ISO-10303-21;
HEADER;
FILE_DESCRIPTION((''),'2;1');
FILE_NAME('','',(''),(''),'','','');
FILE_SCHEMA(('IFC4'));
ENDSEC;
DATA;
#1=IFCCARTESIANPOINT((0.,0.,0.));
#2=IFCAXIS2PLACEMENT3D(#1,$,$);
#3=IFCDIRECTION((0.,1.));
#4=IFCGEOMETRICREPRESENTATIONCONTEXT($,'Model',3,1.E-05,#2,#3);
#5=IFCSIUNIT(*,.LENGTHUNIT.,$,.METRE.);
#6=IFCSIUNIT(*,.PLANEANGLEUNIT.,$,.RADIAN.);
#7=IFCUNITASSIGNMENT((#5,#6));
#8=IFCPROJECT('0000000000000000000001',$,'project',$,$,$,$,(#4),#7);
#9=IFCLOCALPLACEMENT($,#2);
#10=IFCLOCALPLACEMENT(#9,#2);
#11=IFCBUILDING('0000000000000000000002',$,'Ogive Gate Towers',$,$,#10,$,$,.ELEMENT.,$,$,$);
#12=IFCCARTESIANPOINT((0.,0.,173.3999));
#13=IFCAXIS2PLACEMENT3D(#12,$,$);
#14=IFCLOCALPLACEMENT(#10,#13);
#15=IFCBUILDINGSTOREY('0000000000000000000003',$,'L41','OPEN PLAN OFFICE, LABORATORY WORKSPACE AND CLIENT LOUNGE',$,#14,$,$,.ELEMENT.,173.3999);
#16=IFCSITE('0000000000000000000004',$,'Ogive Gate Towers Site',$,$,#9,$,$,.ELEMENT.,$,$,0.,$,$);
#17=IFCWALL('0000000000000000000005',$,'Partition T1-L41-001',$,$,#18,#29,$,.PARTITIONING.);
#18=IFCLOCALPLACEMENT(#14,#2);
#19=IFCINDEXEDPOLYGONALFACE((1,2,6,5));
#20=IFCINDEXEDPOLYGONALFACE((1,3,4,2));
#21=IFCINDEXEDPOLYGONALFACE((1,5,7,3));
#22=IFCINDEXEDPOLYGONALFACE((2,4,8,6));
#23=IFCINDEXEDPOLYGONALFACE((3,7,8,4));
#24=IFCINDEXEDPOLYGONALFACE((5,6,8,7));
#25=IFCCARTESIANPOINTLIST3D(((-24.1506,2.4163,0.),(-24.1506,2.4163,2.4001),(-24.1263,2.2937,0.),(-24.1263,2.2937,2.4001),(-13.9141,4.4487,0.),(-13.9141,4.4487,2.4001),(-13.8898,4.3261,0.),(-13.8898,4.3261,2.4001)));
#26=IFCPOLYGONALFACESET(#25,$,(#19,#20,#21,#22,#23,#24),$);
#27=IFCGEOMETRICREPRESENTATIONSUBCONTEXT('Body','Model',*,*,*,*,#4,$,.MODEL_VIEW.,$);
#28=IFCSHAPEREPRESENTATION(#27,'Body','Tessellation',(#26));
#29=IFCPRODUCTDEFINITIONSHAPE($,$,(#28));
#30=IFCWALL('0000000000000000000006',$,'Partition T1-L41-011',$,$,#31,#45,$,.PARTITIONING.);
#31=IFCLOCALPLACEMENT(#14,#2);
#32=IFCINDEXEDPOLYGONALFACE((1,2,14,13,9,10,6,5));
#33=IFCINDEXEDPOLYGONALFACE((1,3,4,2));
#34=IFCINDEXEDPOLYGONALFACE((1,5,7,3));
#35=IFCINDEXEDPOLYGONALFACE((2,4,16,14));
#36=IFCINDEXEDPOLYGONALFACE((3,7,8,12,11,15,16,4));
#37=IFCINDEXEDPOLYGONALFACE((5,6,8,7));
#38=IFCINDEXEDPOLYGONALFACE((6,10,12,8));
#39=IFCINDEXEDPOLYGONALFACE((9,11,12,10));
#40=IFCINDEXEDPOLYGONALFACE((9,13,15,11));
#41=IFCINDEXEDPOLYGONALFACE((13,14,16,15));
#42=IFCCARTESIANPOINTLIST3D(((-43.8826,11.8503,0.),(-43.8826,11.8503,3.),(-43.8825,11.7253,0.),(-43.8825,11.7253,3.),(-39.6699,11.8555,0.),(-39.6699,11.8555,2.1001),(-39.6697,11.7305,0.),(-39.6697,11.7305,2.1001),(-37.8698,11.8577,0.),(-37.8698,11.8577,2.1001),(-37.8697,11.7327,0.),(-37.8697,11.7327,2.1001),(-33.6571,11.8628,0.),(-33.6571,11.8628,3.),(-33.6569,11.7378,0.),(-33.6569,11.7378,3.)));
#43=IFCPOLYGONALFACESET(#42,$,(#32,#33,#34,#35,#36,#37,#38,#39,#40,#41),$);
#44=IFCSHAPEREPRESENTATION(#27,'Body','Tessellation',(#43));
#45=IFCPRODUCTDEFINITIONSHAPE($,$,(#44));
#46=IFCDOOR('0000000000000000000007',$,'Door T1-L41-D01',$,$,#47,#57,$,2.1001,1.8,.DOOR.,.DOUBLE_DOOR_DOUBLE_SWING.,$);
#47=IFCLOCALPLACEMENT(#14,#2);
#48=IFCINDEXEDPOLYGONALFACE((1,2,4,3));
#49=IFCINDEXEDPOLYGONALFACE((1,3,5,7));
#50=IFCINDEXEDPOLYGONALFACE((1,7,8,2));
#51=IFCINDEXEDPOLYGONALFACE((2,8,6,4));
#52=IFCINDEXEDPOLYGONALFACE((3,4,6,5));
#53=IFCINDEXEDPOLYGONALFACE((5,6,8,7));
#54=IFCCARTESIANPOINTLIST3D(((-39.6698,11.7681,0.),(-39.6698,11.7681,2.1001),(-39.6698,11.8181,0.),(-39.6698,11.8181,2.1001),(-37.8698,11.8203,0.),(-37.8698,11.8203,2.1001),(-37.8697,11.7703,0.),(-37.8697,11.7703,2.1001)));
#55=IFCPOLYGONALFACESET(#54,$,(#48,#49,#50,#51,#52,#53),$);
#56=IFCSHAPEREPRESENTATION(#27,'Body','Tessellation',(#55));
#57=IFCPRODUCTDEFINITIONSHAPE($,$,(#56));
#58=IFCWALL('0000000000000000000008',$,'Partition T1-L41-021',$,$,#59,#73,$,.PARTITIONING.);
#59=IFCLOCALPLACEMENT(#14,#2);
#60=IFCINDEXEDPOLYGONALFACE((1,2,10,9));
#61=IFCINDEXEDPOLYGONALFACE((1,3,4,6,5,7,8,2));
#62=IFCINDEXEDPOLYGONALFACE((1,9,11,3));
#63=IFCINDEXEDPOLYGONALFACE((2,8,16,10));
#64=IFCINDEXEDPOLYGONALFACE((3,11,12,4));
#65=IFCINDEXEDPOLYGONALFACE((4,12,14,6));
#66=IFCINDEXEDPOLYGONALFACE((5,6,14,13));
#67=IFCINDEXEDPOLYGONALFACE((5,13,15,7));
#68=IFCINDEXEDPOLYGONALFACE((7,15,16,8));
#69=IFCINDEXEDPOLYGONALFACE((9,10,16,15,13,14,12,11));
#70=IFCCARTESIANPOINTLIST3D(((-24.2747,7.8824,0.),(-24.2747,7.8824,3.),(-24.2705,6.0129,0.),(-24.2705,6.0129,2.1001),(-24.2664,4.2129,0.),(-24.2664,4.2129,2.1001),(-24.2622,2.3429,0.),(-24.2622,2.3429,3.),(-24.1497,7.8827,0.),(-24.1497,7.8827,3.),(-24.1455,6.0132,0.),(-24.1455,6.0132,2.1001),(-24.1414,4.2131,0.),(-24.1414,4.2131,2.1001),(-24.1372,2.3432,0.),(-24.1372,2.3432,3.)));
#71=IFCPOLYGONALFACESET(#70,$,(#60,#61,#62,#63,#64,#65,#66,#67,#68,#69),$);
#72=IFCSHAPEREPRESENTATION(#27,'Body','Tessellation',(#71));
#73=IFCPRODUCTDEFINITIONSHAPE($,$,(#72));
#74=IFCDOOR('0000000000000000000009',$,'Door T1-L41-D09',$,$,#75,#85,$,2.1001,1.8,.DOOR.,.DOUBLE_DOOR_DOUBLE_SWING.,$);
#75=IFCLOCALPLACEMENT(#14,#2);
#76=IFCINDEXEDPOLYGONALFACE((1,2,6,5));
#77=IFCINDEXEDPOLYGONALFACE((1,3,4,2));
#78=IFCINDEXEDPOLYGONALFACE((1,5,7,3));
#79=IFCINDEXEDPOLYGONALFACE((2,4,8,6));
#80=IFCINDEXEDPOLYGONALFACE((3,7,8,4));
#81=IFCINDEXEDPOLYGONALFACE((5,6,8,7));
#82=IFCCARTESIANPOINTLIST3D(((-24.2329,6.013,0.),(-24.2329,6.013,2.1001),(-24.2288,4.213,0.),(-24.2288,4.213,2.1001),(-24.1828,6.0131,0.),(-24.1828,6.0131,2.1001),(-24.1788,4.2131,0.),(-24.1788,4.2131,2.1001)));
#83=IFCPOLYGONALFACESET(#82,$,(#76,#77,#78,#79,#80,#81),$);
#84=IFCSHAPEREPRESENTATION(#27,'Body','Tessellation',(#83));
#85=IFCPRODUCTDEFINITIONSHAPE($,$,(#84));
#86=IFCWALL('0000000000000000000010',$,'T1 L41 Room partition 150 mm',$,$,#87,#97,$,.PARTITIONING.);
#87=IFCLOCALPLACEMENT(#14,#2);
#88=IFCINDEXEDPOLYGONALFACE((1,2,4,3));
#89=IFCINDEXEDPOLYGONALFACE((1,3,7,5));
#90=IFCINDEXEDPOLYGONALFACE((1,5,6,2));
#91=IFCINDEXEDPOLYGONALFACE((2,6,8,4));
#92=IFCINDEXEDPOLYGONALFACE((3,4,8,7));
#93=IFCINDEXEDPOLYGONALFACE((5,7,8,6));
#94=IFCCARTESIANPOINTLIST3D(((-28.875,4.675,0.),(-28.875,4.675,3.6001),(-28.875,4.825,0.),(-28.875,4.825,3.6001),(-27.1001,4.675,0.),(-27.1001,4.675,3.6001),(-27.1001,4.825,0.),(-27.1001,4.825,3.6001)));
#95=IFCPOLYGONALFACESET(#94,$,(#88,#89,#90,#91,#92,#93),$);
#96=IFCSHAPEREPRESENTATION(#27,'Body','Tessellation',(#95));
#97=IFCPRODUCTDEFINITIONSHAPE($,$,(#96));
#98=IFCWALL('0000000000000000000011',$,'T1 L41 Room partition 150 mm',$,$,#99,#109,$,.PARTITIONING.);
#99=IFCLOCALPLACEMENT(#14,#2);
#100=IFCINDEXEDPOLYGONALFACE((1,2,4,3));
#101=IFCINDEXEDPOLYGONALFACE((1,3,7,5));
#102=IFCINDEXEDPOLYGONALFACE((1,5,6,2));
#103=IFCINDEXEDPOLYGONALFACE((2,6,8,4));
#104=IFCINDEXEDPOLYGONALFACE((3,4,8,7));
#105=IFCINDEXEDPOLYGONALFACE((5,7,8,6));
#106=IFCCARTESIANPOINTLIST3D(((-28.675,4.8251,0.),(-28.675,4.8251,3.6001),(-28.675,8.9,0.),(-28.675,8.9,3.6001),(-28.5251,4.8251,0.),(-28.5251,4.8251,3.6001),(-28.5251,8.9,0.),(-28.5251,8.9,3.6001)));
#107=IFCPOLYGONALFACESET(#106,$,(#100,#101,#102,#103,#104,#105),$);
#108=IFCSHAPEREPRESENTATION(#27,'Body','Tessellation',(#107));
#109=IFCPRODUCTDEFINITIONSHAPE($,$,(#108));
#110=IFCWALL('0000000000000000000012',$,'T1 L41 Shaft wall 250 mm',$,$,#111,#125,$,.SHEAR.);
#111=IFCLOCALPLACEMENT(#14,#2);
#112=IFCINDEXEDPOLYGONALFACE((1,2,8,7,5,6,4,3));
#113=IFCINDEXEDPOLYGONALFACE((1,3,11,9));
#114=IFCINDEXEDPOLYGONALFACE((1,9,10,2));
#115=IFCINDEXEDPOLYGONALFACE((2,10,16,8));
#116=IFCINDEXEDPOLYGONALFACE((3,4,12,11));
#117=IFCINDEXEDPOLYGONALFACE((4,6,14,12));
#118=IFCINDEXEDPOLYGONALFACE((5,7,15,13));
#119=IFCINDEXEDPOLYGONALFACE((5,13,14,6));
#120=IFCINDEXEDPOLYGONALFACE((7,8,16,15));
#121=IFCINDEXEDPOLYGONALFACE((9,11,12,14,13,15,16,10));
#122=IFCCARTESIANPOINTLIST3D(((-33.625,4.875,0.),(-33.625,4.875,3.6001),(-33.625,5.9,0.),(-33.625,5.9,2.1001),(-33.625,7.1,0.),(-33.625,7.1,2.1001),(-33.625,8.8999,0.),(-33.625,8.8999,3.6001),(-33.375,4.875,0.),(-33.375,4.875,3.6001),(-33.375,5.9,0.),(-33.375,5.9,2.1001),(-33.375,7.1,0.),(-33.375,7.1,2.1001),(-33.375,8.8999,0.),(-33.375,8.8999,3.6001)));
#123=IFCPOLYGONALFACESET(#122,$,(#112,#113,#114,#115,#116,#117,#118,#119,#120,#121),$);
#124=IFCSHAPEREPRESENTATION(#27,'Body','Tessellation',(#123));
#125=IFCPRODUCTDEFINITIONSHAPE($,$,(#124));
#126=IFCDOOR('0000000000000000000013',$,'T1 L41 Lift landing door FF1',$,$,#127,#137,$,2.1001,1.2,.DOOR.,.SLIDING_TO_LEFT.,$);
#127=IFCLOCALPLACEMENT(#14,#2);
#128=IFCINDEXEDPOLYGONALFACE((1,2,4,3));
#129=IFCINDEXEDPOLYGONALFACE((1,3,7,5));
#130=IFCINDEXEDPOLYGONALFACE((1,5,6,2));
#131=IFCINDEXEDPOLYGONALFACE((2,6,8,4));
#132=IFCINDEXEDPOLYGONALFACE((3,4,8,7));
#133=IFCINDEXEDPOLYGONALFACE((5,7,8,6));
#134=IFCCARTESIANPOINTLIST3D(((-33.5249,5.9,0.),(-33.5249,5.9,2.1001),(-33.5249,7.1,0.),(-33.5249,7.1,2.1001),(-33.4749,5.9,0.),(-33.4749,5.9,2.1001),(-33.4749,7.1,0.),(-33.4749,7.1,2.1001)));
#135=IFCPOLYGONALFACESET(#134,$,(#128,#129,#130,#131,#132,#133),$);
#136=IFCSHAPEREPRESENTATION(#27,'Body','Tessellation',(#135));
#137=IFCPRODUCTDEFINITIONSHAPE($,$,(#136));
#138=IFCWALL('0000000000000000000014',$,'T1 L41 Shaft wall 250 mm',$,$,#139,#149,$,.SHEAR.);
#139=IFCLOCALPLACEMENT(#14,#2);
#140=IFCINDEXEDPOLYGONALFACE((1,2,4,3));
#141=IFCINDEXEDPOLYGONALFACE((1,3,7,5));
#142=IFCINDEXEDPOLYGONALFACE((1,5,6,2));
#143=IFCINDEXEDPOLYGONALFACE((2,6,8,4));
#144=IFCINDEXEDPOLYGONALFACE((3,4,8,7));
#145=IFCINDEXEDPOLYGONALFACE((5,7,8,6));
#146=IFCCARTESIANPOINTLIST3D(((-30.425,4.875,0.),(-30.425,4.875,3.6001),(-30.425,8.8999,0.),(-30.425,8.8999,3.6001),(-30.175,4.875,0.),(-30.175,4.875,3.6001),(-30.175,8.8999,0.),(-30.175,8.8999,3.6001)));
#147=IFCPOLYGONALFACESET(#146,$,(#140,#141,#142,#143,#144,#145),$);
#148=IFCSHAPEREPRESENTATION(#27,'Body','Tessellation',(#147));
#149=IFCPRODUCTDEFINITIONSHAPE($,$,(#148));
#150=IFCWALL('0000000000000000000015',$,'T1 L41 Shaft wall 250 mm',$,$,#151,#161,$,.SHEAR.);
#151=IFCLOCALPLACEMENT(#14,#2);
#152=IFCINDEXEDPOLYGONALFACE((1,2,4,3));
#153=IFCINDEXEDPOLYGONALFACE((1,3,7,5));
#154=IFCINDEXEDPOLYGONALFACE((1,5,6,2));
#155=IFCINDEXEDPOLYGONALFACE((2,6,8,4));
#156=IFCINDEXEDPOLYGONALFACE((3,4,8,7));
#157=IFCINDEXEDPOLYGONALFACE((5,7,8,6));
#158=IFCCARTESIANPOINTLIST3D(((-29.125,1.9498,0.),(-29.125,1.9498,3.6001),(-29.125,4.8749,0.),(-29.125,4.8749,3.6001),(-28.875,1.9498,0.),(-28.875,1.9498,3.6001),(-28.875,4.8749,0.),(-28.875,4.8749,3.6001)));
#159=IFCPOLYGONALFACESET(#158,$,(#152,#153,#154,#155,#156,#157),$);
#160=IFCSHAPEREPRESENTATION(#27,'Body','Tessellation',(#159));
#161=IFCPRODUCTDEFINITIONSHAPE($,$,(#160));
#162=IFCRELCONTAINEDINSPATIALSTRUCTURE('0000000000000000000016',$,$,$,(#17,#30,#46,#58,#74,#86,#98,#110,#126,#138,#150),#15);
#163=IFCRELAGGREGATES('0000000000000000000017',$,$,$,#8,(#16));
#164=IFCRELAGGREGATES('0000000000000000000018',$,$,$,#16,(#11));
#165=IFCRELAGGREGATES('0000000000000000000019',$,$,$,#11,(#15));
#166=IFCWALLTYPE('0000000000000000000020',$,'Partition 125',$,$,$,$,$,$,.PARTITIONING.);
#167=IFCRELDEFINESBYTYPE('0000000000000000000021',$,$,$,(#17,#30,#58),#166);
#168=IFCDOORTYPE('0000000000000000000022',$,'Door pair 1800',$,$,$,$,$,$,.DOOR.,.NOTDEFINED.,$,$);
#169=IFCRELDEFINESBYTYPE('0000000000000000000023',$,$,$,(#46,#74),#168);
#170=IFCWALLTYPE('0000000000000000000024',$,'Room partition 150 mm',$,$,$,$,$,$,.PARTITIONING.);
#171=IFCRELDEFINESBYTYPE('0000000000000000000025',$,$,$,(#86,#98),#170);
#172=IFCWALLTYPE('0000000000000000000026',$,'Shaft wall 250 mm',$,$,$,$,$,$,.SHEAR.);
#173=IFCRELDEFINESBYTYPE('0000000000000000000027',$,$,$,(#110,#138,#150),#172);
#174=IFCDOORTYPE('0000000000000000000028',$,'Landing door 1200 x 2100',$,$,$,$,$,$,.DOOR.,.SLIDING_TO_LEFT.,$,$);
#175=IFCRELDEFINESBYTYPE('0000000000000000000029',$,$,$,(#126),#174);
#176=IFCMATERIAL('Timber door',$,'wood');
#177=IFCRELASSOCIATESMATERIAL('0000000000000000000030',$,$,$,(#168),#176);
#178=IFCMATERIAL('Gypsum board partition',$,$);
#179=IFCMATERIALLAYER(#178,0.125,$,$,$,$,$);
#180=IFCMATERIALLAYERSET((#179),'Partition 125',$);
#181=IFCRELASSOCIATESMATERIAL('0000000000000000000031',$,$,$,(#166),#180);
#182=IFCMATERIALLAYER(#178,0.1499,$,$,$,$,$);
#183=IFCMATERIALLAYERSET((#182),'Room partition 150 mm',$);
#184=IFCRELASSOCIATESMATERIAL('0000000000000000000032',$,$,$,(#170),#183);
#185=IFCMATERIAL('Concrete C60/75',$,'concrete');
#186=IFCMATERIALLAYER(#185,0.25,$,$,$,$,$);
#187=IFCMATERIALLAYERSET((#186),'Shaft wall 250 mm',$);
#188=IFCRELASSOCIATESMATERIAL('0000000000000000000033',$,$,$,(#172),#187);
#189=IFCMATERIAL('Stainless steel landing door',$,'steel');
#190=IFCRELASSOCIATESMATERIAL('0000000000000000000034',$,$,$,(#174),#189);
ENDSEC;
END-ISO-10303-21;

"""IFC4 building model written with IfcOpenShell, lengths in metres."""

from ifc_helpers import new_model, si_unit, direction, frame, frame_2d, origin, place, context, subcontext, project, spatial, rectangle, extrude, material, layer, layer_set, type_object, element, fill, save


model = new_model("IFC4")

# Units and contexts
model_context = context("Model", 3, precision=1e-05, world=origin(), true_north=direction((0.0, 1.0)))
body_context = subcontext(model_context, "Body", "Model", "MODEL_VIEW")
ifc_project = project(units=[si_unit("LENGTHUNIT", "METRE"), si_unit("PLANEANGLEUNIT", "RADIAN")], contexts=[model_context])

# Site, building, storey
site_placement = place(None, origin())
site = spatial("IfcSite", under=ifc_project, at=site_placement, Name="Ogive Gate Towers Site", CompositionType="ELEMENT", RefElevation=0.0)
building_placement = place(site_placement, origin())
building = spatial("IfcBuilding", under=site, at=building_placement, Name="Ogive Gate Towers", CompositionType="ELEMENT")
storey_placement = place(building_placement, frame((0.0, 0.0, 173.3999)))
storey = spatial("IfcBuildingStorey", under=building, at=storey_placement, Name="L41", Description="OPEN PLAN OFFICE, LABORATORY WORKSPACE AND CLIENT LOUNGE", CompositionType="ELEMENT", Elevation=173.3999)

# Shared definitions
ifc_material_1 = material(Name="Timber door", Category="wood")
door_type_1 = type_object("IfcDoorType", Name="Door pair 1800", OperationType="NOTDEFINED", PredefinedType="DOOR", material=ifc_material_1)

# Wall
ifc_material_2 = material(Name="Gypsum board partition")
ifc_layer_1 = layer(ifc_material_2, 0.125)
ifc_layer_set_1 = layer_set([ifc_layer_1], Name="Partition 125")
wall_type_1 = type_object("IfcWallType", Name="Partition 125", PredefinedType="PARTITIONING", material=ifc_layer_set_1)
wall_1_placement = place(storey_placement, frame((-13.9019, 4.3875, 0.0), z_axis=(0.0, 0.0, 1.0), x_axis=(-0.980853, -0.194748, 0.0)))
element("IfcWall", 1, at=wall_1_placement, inside=storey, type_object=wall_type_1, Name="Partition T1-L41-001", PredefinedType="PARTITIONING", context=body_context, shape_type="SweptSolid", body=[
    extrude(rectangle(XDim=10.4363, YDim=0.125, at=frame_2d((5.2183, 0.0))), origin(), (0.0, 0.0, 1.0), 2.4001),
])

# Walls, openings, doors
wall_2_placement = place(storey_placement, frame((-33.657, 11.8003, 0.0), z_axis=(0.0, 0.0, 1.0), x_axis=(-0.999999, -0.001218, 0.0)))
wall_2 = element("IfcWall", 2, at=wall_2_placement, inside=storey, type_object=wall_type_1, Name="Partition T1-L41-011", PredefinedType="PARTITIONING", context=body_context, shape_type="SweptSolid", body=[
    extrude(rectangle(XDim=10.2256, YDim=0.125, at=frame_2d((5.1128, 0.0))), origin(), (0.0, 0.0, 1.0), 3.0),
])
opening_1_placement = place(wall_2_placement, frame((4.2129, 0.0, 0.0)))
opening_1 = element("IfcOpeningElement", 3, at=opening_1_placement, cuts=wall_2, PredefinedType="OPENING", context=body_context, shape_type="SweptSolid", body=[
    extrude(rectangle(XDim=1.8, YDim=2.1001, at=frame_2d((0.8999, 1.05))), frame((0.0, 0.0725, 0.0), z_axis=(0.0, -1.0, 0.0), x_axis=(1.0, 0.0, 0.0)), (0.0, 0.0, 1.0), 0.145),
])
door_1_placement = place(opening_1_placement, origin())
door_1 = element("IfcDoor", 4, at=door_1_placement, inside=storey, type_object=door_type_1, Name="Door T1-L41-D01", OperationType="DOUBLE_DOOR_DOUBLE_SWING", OverallHeight=2.1001, OverallWidth=1.8, PredefinedType="DOOR", context=body_context, shape_type="SweptSolid", body=[
    extrude(rectangle(XDim=1.8, YDim=2.1001, at=frame_2d((0.8999, 1.05))), frame((0.0, 0.0249, 0.0), z_axis=(0.0, -1.0, 0.0), x_axis=(1.0, 0.0, 0.0)), (0.0, 0.0, 1.0), 0.05),
])
fill(opening_1, door_1)
wall_3_placement = place(storey_placement, frame((-24.1997, 2.343, 0.0), z_axis=(0.0, 0.0, 1.0), x_axis=(-0.002248, 0.999997, 0.0)))
wall_3 = element("IfcWall", 5, at=wall_3_placement, inside=storey, type_object=wall_type_1, Name="Partition T1-L41-021", PredefinedType="PARTITIONING", context=body_context, shape_type="SweptSolid", body=[
    extrude(rectangle(XDim=5.5396, YDim=0.125, at=frame_2d((2.7698, 0.0))), origin(), (0.0, 0.0, 1.0), 3.0),
])
opening_2_placement = place(wall_3_placement, frame((1.8701, 0.0, 0.0)))
opening_2 = element("IfcOpeningElement", 6, at=opening_2_placement, cuts=wall_3, PredefinedType="OPENING", context=body_context, shape_type="SweptSolid", body=[
    extrude(rectangle(XDim=1.8, YDim=2.1001, at=frame_2d((0.8999, 1.05))), frame((0.0, 0.0725, 0.0), z_axis=(0.0, -1.0, 0.0), x_axis=(1.0, 0.0, 0.0)), (0.0, 0.0, 1.0), 0.145),
])
door_2_placement = place(opening_2_placement, origin())
door_2 = element("IfcDoor", 7, at=door_2_placement, inside=storey, type_object=door_type_1, Name="Door T1-L41-D09", OperationType="DOUBLE_DOOR_DOUBLE_SWING", OverallHeight=2.1001, OverallWidth=1.8, PredefinedType="DOOR", context=body_context, shape_type="SweptSolid", body=[
    extrude(rectangle(XDim=1.8, YDim=2.1001, at=frame_2d((0.8999, 1.05))), frame((0.0, 0.0249, 0.0), z_axis=(0.0, -1.0, 0.0), x_axis=(1.0, 0.0, 0.0)), (0.0, 0.0, 1.0), 0.05),
])
fill(opening_2, door_2)

# Walls
ifc_layer_2 = layer(ifc_material_2, 0.1499)
ifc_layer_set_2 = layer_set([ifc_layer_2], Name="Room partition 150 mm")
wall_type_2 = type_object("IfcWallType", Name="Room partition 150 mm", PredefinedType="PARTITIONING", material=ifc_layer_set_2)
wall_4_placement = place(storey_placement, frame((-28.875, 4.75, 0.0), z_axis=(0.0, 0.0, 1.0), x_axis=(1.0, 0.0, 0.0)))
element("IfcWall", 8, at=wall_4_placement, inside=storey, type_object=wall_type_2, Name="T1 L41 Room partition 150 mm", PredefinedType="PARTITIONING", context=body_context, shape_type="SweptSolid", body=[
    extrude(rectangle(XDim=1.7749, YDim=0.1499, at=frame_2d((0.8875, 0.0))), origin(), (0.0, 0.0, 1.0), 3.6001),
])
wall_5_placement = place(storey_placement, frame((-28.6001, 4.825, 0.0), z_axis=(0.0, 0.0, 1.0), x_axis=(0.0, 1.0, 0.0)))
element("IfcWall", 9, at=wall_5_placement, inside=storey, type_object=wall_type_2, Name="T1 L41 Room partition 150 mm", PredefinedType="PARTITIONING", context=body_context, shape_type="SweptSolid", body=[
    extrude(rectangle(XDim=4.075, YDim=0.1499, at=frame_2d((2.0376, 0.0))), origin(), (0.0, 0.0, 1.0), 3.6001),
])

# Wall, opening, door
ifc_material_3 = material(Name="Concrete C60/75", Category="concrete")
ifc_layer_3 = layer(ifc_material_3, 0.25)
ifc_layer_set_3 = layer_set([ifc_layer_3], Name="Shaft wall 250 mm")
wall_type_3 = type_object("IfcWallType", Name="Shaft wall 250 mm", PredefinedType="SHEAR", material=ifc_layer_set_3)
wall_6_placement = place(storey_placement, frame((-33.5, 4.875, 0.0), z_axis=(0.0, 0.0, 1.0), x_axis=(0.0, 1.0, 0.0)))
wall_6 = element("IfcWall", 10, at=wall_6_placement, inside=storey, type_object=wall_type_3, Name="T1 L41 Shaft wall 250 mm", PredefinedType="SHEAR", context=body_context, shape_type="SweptSolid", body=[
    extrude(rectangle(XDim=4.0249, YDim=0.25, at=frame_2d((2.0125, 0.0))), origin(), (0.0, 0.0, 1.0), 3.6001),
])
opening_3_placement = place(wall_6_placement, frame((1.0249, 0.0, 0.0)))
opening_3 = element("IfcOpeningElement", 11, at=opening_3_placement, cuts=wall_6, PredefinedType="OPENING", context=body_context, shape_type="SweptSolid", body=[
    extrude(rectangle(XDim=1.2, YDim=2.1001, at=frame_2d((0.6001, 1.05))), frame((0.0, 0.135, 0.0), z_axis=(0.0, -1.0, 0.0), x_axis=(1.0, 0.0, 0.0)), (0.0, 0.0, 1.0), 0.27),
])
ifc_material_4 = material(Name="Stainless steel landing door", Category="steel")
door_type_2 = type_object("IfcDoorType", Name="Landing door 1200 x 2100", OperationType="SLIDING_TO_LEFT", PredefinedType="DOOR", material=ifc_material_4)
door_3_placement = place(opening_3_placement, origin())
door_3 = element("IfcDoor", 12, at=door_3_placement, inside=storey, type_object=door_type_2, Name="T1 L41 Lift landing door FF1", OperationType="SLIDING_TO_LEFT", OverallHeight=2.1001, OverallWidth=1.2, PredefinedType="DOOR", context=body_context, shape_type="SweptSolid", body=[
    extrude(rectangle(XDim=1.2, YDim=2.1001, at=frame_2d((0.6001, 1.05))), frame((0.0, 0.0249, 0.0), z_axis=(0.0, -1.0, 0.0), x_axis=(1.0, 0.0, 0.0)), (0.0, 0.0, 1.0), 0.05),
])
fill(opening_3, door_3)

# Walls
wall_7_placement = place(storey_placement, frame((-30.3, 4.875, 0.0), z_axis=(0.0, 0.0, 1.0), x_axis=(0.0, 1.0, 0.0)))
element("IfcWall", 13, at=wall_7_placement, inside=storey, type_object=wall_type_3, Name="T1 L41 Shaft wall 250 mm", PredefinedType="SHEAR", context=body_context, shape_type="SweptSolid", body=[
    extrude(rectangle(XDim=4.0249, YDim=0.25, at=frame_2d((2.0125, 0.0))), origin(), (0.0, 0.0, 1.0), 3.6001),
])
wall_8_placement = place(storey_placement, frame((-29.0, 1.95, 0.0), z_axis=(0.0, 0.0, 1.0), x_axis=(0.0, 1.0, 0.0)))
element("IfcWall", 14, at=wall_8_placement, inside=storey, type_object=wall_type_3, Name="T1 L41 Shaft wall 250 mm", PredefinedType="SHEAR", context=body_context, shape_type="SweptSolid", body=[
    extrude(rectangle(XDim=2.925, YDim=0.25, at=frame_2d((1.4624, 0.0))), origin(), (0.0, 0.0, 1.0), 3.6001),
])

save(model, "model.ifc")
